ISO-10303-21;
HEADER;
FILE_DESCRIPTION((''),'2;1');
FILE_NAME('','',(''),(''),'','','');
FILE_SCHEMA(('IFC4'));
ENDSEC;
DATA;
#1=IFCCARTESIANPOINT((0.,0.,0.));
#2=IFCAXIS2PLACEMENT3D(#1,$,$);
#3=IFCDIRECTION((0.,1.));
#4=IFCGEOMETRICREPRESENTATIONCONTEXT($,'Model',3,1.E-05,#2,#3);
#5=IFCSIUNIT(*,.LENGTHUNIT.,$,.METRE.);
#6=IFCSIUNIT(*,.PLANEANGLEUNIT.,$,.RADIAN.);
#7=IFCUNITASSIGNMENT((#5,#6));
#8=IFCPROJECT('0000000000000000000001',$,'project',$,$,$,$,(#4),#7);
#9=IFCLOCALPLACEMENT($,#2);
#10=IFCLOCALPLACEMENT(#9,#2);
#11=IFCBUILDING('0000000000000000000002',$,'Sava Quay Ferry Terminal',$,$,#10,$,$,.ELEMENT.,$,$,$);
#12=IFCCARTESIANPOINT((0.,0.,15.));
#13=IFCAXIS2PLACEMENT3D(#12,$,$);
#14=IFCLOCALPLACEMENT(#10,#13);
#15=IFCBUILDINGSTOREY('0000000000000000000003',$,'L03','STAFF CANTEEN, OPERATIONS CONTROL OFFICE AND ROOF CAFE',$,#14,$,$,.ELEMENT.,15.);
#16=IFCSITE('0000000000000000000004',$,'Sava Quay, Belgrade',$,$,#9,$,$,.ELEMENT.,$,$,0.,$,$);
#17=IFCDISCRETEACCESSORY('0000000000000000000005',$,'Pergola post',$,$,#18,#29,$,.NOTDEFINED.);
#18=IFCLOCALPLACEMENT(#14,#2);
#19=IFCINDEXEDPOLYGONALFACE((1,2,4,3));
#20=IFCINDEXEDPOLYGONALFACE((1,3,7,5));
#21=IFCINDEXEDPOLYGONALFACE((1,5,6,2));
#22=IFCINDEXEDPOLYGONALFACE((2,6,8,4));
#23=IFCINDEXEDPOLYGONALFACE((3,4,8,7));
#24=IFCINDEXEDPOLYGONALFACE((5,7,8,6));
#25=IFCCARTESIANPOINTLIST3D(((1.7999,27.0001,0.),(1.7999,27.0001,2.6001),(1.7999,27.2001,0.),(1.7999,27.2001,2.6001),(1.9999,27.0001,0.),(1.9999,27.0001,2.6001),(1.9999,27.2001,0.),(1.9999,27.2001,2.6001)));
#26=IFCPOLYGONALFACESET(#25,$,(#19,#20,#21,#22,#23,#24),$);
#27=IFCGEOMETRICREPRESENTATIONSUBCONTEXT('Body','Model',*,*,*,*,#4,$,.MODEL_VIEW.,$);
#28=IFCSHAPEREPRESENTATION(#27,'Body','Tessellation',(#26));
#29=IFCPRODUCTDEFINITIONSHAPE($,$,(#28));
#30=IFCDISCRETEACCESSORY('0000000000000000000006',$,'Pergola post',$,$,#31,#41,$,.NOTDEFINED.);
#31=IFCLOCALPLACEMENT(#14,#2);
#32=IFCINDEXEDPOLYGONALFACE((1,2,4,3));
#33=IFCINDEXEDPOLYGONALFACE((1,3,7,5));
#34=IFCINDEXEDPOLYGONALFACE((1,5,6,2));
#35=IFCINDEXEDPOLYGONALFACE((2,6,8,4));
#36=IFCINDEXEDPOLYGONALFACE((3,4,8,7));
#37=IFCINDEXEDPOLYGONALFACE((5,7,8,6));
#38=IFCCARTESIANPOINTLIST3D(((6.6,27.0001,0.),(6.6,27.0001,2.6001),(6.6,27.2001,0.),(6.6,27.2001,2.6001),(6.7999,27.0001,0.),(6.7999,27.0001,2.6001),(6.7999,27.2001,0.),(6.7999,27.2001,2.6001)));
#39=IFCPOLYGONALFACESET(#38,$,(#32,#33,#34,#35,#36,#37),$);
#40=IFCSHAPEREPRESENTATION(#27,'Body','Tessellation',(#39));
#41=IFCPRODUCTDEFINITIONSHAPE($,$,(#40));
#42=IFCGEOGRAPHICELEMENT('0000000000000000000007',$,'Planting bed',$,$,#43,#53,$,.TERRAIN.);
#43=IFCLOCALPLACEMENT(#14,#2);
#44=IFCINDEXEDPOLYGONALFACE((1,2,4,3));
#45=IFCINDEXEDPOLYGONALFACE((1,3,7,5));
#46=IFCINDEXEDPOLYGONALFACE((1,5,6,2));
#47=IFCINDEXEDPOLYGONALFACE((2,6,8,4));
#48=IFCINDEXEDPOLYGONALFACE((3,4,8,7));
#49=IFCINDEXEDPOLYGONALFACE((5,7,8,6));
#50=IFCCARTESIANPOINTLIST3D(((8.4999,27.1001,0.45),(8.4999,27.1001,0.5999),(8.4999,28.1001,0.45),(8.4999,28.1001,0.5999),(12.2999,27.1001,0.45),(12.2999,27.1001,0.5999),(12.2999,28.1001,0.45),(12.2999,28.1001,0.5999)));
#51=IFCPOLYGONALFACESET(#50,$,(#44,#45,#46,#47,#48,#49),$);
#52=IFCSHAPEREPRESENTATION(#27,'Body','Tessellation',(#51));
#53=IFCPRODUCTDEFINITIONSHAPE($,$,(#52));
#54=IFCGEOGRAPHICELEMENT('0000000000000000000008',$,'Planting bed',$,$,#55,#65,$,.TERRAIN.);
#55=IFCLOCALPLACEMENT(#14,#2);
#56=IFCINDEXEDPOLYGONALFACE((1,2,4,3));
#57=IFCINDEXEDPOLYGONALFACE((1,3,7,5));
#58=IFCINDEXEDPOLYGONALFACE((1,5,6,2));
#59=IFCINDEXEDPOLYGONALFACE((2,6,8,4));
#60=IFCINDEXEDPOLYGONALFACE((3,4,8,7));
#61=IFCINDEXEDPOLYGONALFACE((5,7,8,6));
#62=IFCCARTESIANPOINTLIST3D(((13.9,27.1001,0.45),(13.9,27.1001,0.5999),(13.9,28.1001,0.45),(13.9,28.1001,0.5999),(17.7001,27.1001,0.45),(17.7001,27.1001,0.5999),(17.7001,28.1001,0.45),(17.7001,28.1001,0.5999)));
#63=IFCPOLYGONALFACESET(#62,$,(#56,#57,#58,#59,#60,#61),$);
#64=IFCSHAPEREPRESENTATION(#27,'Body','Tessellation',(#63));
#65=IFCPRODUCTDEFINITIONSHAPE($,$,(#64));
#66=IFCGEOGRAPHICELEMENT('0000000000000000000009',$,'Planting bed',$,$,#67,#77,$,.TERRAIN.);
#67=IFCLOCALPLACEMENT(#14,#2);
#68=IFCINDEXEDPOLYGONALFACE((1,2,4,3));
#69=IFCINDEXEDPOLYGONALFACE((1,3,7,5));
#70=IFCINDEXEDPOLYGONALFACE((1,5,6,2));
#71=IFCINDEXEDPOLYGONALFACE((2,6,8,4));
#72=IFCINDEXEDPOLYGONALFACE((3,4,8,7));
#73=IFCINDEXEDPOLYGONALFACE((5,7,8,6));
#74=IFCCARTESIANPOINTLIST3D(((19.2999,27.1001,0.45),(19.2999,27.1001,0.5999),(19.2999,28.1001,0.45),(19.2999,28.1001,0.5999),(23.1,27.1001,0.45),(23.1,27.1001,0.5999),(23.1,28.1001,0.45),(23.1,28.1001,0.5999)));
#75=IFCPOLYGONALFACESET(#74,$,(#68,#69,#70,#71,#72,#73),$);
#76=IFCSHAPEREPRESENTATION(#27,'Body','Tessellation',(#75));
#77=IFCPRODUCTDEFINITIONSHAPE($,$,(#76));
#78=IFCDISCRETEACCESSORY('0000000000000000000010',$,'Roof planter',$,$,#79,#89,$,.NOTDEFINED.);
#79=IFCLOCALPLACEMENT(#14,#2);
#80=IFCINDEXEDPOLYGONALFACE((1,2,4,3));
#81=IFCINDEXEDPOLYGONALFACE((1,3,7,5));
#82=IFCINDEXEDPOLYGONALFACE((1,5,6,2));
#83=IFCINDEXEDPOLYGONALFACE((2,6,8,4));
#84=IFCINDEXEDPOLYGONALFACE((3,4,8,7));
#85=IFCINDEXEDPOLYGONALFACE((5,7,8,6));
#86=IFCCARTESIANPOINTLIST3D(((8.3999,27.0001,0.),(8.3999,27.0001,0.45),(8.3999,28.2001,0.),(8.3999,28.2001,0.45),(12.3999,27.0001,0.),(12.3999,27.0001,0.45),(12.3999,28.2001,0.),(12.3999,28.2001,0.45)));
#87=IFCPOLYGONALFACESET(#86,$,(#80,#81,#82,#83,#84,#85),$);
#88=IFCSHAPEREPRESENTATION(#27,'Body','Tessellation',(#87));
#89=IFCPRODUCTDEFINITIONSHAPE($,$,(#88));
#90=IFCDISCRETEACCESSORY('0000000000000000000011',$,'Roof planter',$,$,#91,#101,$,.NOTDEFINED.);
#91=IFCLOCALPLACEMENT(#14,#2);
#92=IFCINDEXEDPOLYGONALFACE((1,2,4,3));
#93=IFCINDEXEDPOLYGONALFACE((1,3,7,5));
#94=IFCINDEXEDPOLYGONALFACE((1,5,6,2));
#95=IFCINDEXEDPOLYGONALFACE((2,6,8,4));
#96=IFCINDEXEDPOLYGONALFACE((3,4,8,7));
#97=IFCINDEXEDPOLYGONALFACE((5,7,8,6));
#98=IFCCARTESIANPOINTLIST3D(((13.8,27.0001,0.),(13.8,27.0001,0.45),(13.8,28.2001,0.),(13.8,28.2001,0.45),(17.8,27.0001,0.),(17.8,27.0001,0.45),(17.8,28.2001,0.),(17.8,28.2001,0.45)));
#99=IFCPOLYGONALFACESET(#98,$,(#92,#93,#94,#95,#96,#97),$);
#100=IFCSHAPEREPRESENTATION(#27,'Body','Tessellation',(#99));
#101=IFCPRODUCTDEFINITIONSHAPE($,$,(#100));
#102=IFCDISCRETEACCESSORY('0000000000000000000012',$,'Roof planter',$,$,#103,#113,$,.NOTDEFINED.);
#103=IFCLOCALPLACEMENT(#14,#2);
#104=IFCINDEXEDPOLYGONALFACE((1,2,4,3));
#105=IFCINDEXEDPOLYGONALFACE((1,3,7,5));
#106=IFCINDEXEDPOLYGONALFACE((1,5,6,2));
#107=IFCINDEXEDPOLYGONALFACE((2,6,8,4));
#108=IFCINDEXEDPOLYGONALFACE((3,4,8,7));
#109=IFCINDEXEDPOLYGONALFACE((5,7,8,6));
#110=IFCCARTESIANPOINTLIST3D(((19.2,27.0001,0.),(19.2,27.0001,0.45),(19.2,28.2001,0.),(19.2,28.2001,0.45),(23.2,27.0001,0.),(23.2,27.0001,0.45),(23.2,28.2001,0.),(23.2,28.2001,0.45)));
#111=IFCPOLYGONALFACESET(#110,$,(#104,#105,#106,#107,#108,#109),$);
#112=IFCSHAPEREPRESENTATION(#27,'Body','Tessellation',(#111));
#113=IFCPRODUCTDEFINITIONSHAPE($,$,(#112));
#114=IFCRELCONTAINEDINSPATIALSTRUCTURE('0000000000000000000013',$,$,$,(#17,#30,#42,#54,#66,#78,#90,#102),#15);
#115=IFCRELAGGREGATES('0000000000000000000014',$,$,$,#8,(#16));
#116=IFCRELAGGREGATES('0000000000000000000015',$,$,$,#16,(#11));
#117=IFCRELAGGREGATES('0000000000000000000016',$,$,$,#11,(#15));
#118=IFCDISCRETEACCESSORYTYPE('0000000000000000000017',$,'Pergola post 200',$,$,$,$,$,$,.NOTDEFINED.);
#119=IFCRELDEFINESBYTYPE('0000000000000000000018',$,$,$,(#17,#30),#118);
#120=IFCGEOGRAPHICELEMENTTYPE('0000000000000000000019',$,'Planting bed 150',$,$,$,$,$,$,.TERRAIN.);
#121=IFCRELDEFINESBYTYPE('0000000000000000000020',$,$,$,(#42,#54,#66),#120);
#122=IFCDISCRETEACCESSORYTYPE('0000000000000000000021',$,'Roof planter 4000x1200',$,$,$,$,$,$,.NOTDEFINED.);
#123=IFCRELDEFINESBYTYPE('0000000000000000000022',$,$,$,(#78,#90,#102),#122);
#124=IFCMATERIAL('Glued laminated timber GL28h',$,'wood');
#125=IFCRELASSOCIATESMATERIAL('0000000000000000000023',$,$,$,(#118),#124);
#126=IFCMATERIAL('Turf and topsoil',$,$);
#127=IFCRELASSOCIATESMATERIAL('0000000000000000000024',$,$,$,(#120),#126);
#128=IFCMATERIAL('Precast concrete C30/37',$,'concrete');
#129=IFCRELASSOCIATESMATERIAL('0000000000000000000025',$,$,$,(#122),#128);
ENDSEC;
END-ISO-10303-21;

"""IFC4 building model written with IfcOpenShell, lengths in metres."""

from ifc_helpers import new_model, si_unit, direction, frame, origin, origin_2d, place, context, subcontext, project, spatial, rectangle, extrude, material, type_object, element, save


model = new_model("IFC4")

# Units and contexts
model_context = context("Model", 3, precision=1e-05, world=origin(), true_north=direction((0.0, 1.0)))
body_context = subcontext(model_context, "Body", "Model", "MODEL_VIEW")
ifc_project = project(units=[si_unit("LENGTHUNIT", "METRE"), si_unit("PLANEANGLEUNIT", "RADIAN")], contexts=[model_context])

# Site, building, storey
site_placement = place(None, origin())
site = spatial("IfcSite", under=ifc_project, at=site_placement, Name="Sava Quay, Belgrade", CompositionType="ELEMENT", RefElevation=0.0)
building_placement = place(site_placement, origin())
building = spatial("IfcBuilding", under=site, at=building_placement, Name="Sava Quay Ferry Terminal", CompositionType="ELEMENT")
storey_placement = place(building_placement, frame((0.0, 0.0, 15.0)))
storey = spatial("IfcBuildingStorey", under=building, at=storey_placement, Name="L03", Description="STAFF CANTEEN, OPERATIONS CONTROL OFFICE AND ROOF CAFE", CompositionType="ELEMENT", Elevation=15.0)

# Discrete accessories
ifc_material_1 = material(Name="Glued laminated timber GL28h", Category="wood")
discrete_accessory_type_1 = type_object("IfcDiscreteAccessoryType", Name="Pergola post 200", PredefinedType="NOTDEFINED", material=ifc_material_1)
for number, where, z_axis, x_axis, name in (
    (1, (1.8999, 27.1001, 0.0), (0.0, 0.0, 1.0), (1.0, 0.0, 0.0), "Pergola post"),
    (2, (6.7, 27.1001, 0.0), (0.0, 0.0, 1.0), (1.0, 0.0, 0.0), "Pergola post"),
):
    element("IfcDiscreteAccessory", number, at=place(storey_placement, frame(where, z_axis=z_axis, x_axis=x_axis)), inside=storey, type_object=discrete_accessory_type_1, Name=name, PredefinedType="NOTDEFINED", context=body_context, shape_type="SweptSolid", body=[
        extrude(rectangle(XDim=0.2, YDim=0.2, at=origin_2d()), origin(), (0.0, 0.0, 1.0), 2.6001),
    ])

# Geographic elements
ifc_material_2 = material(Name="Turf and topsoil")
geographic_element_type = type_object("IfcGeographicElementType", Name="Planting bed 150", PredefinedType="TERRAIN", material=ifc_material_2)
for number, where, z_axis, x_axis, name in (
    (3, (10.3999, 27.6001, 0.45), (0.0, 0.0, 1.0), (1.0, 0.0, 0.0), "Planting bed"),
    (4, (15.8, 27.6001, 0.45), (0.0, 0.0, 1.0), (1.0, 0.0, 0.0), "Planting bed"),
    (5, (21.2, 27.6001, 0.45), (0.0, 0.0, 1.0), (1.0, 0.0, 0.0), "Planting bed"),
):
    element("IfcGeographicElement", number, at=place(storey_placement, frame(where, z_axis=z_axis, x_axis=x_axis)), inside=storey, type_object=geographic_element_type, Name=name, PredefinedType="TERRAIN", context=body_context, shape_type="SweptSolid", body=[
        extrude(rectangle(XDim=3.8, YDim=1.0, at=origin_2d()), origin(), (0.0, 0.0, 1.0), 0.1499),
    ])

# Discrete accessories
ifc_material_3 = material(Name="Precast concrete C30/37", Category="concrete")
discrete_accessory_type_2 = type_object("IfcDiscreteAccessoryType", Name="Roof planter 4000x1200", PredefinedType="NOTDEFINED", material=ifc_material_3)
for number, where, z_axis, x_axis, name in (
    (6, (10.3999, 27.6001, 0.0), (0.0, 0.0, 1.0), (1.0, 0.0, 0.0), "Roof planter"),
    (7, (15.8, 27.6001, 0.0), (0.0, 0.0, 1.0), (1.0, 0.0, 0.0), "Roof planter"),
    (8, (21.2, 27.6001, 0.0), (0.0, 0.0, 1.0), (1.0, 0.0, 0.0), "Roof planter"),
):
    element("IfcDiscreteAccessory", number, at=place(storey_placement, frame(where, z_axis=z_axis, x_axis=x_axis)), inside=storey, type_object=discrete_accessory_type_2, Name=name, PredefinedType="NOTDEFINED", context=body_context, shape_type="SweptSolid", body=[
        extrude(rectangle(XDim=4.0, YDim=1.2, at=origin_2d()), origin(), (0.0, 0.0, 1.0), 0.45),
    ])

save(model, "model.ifc")
